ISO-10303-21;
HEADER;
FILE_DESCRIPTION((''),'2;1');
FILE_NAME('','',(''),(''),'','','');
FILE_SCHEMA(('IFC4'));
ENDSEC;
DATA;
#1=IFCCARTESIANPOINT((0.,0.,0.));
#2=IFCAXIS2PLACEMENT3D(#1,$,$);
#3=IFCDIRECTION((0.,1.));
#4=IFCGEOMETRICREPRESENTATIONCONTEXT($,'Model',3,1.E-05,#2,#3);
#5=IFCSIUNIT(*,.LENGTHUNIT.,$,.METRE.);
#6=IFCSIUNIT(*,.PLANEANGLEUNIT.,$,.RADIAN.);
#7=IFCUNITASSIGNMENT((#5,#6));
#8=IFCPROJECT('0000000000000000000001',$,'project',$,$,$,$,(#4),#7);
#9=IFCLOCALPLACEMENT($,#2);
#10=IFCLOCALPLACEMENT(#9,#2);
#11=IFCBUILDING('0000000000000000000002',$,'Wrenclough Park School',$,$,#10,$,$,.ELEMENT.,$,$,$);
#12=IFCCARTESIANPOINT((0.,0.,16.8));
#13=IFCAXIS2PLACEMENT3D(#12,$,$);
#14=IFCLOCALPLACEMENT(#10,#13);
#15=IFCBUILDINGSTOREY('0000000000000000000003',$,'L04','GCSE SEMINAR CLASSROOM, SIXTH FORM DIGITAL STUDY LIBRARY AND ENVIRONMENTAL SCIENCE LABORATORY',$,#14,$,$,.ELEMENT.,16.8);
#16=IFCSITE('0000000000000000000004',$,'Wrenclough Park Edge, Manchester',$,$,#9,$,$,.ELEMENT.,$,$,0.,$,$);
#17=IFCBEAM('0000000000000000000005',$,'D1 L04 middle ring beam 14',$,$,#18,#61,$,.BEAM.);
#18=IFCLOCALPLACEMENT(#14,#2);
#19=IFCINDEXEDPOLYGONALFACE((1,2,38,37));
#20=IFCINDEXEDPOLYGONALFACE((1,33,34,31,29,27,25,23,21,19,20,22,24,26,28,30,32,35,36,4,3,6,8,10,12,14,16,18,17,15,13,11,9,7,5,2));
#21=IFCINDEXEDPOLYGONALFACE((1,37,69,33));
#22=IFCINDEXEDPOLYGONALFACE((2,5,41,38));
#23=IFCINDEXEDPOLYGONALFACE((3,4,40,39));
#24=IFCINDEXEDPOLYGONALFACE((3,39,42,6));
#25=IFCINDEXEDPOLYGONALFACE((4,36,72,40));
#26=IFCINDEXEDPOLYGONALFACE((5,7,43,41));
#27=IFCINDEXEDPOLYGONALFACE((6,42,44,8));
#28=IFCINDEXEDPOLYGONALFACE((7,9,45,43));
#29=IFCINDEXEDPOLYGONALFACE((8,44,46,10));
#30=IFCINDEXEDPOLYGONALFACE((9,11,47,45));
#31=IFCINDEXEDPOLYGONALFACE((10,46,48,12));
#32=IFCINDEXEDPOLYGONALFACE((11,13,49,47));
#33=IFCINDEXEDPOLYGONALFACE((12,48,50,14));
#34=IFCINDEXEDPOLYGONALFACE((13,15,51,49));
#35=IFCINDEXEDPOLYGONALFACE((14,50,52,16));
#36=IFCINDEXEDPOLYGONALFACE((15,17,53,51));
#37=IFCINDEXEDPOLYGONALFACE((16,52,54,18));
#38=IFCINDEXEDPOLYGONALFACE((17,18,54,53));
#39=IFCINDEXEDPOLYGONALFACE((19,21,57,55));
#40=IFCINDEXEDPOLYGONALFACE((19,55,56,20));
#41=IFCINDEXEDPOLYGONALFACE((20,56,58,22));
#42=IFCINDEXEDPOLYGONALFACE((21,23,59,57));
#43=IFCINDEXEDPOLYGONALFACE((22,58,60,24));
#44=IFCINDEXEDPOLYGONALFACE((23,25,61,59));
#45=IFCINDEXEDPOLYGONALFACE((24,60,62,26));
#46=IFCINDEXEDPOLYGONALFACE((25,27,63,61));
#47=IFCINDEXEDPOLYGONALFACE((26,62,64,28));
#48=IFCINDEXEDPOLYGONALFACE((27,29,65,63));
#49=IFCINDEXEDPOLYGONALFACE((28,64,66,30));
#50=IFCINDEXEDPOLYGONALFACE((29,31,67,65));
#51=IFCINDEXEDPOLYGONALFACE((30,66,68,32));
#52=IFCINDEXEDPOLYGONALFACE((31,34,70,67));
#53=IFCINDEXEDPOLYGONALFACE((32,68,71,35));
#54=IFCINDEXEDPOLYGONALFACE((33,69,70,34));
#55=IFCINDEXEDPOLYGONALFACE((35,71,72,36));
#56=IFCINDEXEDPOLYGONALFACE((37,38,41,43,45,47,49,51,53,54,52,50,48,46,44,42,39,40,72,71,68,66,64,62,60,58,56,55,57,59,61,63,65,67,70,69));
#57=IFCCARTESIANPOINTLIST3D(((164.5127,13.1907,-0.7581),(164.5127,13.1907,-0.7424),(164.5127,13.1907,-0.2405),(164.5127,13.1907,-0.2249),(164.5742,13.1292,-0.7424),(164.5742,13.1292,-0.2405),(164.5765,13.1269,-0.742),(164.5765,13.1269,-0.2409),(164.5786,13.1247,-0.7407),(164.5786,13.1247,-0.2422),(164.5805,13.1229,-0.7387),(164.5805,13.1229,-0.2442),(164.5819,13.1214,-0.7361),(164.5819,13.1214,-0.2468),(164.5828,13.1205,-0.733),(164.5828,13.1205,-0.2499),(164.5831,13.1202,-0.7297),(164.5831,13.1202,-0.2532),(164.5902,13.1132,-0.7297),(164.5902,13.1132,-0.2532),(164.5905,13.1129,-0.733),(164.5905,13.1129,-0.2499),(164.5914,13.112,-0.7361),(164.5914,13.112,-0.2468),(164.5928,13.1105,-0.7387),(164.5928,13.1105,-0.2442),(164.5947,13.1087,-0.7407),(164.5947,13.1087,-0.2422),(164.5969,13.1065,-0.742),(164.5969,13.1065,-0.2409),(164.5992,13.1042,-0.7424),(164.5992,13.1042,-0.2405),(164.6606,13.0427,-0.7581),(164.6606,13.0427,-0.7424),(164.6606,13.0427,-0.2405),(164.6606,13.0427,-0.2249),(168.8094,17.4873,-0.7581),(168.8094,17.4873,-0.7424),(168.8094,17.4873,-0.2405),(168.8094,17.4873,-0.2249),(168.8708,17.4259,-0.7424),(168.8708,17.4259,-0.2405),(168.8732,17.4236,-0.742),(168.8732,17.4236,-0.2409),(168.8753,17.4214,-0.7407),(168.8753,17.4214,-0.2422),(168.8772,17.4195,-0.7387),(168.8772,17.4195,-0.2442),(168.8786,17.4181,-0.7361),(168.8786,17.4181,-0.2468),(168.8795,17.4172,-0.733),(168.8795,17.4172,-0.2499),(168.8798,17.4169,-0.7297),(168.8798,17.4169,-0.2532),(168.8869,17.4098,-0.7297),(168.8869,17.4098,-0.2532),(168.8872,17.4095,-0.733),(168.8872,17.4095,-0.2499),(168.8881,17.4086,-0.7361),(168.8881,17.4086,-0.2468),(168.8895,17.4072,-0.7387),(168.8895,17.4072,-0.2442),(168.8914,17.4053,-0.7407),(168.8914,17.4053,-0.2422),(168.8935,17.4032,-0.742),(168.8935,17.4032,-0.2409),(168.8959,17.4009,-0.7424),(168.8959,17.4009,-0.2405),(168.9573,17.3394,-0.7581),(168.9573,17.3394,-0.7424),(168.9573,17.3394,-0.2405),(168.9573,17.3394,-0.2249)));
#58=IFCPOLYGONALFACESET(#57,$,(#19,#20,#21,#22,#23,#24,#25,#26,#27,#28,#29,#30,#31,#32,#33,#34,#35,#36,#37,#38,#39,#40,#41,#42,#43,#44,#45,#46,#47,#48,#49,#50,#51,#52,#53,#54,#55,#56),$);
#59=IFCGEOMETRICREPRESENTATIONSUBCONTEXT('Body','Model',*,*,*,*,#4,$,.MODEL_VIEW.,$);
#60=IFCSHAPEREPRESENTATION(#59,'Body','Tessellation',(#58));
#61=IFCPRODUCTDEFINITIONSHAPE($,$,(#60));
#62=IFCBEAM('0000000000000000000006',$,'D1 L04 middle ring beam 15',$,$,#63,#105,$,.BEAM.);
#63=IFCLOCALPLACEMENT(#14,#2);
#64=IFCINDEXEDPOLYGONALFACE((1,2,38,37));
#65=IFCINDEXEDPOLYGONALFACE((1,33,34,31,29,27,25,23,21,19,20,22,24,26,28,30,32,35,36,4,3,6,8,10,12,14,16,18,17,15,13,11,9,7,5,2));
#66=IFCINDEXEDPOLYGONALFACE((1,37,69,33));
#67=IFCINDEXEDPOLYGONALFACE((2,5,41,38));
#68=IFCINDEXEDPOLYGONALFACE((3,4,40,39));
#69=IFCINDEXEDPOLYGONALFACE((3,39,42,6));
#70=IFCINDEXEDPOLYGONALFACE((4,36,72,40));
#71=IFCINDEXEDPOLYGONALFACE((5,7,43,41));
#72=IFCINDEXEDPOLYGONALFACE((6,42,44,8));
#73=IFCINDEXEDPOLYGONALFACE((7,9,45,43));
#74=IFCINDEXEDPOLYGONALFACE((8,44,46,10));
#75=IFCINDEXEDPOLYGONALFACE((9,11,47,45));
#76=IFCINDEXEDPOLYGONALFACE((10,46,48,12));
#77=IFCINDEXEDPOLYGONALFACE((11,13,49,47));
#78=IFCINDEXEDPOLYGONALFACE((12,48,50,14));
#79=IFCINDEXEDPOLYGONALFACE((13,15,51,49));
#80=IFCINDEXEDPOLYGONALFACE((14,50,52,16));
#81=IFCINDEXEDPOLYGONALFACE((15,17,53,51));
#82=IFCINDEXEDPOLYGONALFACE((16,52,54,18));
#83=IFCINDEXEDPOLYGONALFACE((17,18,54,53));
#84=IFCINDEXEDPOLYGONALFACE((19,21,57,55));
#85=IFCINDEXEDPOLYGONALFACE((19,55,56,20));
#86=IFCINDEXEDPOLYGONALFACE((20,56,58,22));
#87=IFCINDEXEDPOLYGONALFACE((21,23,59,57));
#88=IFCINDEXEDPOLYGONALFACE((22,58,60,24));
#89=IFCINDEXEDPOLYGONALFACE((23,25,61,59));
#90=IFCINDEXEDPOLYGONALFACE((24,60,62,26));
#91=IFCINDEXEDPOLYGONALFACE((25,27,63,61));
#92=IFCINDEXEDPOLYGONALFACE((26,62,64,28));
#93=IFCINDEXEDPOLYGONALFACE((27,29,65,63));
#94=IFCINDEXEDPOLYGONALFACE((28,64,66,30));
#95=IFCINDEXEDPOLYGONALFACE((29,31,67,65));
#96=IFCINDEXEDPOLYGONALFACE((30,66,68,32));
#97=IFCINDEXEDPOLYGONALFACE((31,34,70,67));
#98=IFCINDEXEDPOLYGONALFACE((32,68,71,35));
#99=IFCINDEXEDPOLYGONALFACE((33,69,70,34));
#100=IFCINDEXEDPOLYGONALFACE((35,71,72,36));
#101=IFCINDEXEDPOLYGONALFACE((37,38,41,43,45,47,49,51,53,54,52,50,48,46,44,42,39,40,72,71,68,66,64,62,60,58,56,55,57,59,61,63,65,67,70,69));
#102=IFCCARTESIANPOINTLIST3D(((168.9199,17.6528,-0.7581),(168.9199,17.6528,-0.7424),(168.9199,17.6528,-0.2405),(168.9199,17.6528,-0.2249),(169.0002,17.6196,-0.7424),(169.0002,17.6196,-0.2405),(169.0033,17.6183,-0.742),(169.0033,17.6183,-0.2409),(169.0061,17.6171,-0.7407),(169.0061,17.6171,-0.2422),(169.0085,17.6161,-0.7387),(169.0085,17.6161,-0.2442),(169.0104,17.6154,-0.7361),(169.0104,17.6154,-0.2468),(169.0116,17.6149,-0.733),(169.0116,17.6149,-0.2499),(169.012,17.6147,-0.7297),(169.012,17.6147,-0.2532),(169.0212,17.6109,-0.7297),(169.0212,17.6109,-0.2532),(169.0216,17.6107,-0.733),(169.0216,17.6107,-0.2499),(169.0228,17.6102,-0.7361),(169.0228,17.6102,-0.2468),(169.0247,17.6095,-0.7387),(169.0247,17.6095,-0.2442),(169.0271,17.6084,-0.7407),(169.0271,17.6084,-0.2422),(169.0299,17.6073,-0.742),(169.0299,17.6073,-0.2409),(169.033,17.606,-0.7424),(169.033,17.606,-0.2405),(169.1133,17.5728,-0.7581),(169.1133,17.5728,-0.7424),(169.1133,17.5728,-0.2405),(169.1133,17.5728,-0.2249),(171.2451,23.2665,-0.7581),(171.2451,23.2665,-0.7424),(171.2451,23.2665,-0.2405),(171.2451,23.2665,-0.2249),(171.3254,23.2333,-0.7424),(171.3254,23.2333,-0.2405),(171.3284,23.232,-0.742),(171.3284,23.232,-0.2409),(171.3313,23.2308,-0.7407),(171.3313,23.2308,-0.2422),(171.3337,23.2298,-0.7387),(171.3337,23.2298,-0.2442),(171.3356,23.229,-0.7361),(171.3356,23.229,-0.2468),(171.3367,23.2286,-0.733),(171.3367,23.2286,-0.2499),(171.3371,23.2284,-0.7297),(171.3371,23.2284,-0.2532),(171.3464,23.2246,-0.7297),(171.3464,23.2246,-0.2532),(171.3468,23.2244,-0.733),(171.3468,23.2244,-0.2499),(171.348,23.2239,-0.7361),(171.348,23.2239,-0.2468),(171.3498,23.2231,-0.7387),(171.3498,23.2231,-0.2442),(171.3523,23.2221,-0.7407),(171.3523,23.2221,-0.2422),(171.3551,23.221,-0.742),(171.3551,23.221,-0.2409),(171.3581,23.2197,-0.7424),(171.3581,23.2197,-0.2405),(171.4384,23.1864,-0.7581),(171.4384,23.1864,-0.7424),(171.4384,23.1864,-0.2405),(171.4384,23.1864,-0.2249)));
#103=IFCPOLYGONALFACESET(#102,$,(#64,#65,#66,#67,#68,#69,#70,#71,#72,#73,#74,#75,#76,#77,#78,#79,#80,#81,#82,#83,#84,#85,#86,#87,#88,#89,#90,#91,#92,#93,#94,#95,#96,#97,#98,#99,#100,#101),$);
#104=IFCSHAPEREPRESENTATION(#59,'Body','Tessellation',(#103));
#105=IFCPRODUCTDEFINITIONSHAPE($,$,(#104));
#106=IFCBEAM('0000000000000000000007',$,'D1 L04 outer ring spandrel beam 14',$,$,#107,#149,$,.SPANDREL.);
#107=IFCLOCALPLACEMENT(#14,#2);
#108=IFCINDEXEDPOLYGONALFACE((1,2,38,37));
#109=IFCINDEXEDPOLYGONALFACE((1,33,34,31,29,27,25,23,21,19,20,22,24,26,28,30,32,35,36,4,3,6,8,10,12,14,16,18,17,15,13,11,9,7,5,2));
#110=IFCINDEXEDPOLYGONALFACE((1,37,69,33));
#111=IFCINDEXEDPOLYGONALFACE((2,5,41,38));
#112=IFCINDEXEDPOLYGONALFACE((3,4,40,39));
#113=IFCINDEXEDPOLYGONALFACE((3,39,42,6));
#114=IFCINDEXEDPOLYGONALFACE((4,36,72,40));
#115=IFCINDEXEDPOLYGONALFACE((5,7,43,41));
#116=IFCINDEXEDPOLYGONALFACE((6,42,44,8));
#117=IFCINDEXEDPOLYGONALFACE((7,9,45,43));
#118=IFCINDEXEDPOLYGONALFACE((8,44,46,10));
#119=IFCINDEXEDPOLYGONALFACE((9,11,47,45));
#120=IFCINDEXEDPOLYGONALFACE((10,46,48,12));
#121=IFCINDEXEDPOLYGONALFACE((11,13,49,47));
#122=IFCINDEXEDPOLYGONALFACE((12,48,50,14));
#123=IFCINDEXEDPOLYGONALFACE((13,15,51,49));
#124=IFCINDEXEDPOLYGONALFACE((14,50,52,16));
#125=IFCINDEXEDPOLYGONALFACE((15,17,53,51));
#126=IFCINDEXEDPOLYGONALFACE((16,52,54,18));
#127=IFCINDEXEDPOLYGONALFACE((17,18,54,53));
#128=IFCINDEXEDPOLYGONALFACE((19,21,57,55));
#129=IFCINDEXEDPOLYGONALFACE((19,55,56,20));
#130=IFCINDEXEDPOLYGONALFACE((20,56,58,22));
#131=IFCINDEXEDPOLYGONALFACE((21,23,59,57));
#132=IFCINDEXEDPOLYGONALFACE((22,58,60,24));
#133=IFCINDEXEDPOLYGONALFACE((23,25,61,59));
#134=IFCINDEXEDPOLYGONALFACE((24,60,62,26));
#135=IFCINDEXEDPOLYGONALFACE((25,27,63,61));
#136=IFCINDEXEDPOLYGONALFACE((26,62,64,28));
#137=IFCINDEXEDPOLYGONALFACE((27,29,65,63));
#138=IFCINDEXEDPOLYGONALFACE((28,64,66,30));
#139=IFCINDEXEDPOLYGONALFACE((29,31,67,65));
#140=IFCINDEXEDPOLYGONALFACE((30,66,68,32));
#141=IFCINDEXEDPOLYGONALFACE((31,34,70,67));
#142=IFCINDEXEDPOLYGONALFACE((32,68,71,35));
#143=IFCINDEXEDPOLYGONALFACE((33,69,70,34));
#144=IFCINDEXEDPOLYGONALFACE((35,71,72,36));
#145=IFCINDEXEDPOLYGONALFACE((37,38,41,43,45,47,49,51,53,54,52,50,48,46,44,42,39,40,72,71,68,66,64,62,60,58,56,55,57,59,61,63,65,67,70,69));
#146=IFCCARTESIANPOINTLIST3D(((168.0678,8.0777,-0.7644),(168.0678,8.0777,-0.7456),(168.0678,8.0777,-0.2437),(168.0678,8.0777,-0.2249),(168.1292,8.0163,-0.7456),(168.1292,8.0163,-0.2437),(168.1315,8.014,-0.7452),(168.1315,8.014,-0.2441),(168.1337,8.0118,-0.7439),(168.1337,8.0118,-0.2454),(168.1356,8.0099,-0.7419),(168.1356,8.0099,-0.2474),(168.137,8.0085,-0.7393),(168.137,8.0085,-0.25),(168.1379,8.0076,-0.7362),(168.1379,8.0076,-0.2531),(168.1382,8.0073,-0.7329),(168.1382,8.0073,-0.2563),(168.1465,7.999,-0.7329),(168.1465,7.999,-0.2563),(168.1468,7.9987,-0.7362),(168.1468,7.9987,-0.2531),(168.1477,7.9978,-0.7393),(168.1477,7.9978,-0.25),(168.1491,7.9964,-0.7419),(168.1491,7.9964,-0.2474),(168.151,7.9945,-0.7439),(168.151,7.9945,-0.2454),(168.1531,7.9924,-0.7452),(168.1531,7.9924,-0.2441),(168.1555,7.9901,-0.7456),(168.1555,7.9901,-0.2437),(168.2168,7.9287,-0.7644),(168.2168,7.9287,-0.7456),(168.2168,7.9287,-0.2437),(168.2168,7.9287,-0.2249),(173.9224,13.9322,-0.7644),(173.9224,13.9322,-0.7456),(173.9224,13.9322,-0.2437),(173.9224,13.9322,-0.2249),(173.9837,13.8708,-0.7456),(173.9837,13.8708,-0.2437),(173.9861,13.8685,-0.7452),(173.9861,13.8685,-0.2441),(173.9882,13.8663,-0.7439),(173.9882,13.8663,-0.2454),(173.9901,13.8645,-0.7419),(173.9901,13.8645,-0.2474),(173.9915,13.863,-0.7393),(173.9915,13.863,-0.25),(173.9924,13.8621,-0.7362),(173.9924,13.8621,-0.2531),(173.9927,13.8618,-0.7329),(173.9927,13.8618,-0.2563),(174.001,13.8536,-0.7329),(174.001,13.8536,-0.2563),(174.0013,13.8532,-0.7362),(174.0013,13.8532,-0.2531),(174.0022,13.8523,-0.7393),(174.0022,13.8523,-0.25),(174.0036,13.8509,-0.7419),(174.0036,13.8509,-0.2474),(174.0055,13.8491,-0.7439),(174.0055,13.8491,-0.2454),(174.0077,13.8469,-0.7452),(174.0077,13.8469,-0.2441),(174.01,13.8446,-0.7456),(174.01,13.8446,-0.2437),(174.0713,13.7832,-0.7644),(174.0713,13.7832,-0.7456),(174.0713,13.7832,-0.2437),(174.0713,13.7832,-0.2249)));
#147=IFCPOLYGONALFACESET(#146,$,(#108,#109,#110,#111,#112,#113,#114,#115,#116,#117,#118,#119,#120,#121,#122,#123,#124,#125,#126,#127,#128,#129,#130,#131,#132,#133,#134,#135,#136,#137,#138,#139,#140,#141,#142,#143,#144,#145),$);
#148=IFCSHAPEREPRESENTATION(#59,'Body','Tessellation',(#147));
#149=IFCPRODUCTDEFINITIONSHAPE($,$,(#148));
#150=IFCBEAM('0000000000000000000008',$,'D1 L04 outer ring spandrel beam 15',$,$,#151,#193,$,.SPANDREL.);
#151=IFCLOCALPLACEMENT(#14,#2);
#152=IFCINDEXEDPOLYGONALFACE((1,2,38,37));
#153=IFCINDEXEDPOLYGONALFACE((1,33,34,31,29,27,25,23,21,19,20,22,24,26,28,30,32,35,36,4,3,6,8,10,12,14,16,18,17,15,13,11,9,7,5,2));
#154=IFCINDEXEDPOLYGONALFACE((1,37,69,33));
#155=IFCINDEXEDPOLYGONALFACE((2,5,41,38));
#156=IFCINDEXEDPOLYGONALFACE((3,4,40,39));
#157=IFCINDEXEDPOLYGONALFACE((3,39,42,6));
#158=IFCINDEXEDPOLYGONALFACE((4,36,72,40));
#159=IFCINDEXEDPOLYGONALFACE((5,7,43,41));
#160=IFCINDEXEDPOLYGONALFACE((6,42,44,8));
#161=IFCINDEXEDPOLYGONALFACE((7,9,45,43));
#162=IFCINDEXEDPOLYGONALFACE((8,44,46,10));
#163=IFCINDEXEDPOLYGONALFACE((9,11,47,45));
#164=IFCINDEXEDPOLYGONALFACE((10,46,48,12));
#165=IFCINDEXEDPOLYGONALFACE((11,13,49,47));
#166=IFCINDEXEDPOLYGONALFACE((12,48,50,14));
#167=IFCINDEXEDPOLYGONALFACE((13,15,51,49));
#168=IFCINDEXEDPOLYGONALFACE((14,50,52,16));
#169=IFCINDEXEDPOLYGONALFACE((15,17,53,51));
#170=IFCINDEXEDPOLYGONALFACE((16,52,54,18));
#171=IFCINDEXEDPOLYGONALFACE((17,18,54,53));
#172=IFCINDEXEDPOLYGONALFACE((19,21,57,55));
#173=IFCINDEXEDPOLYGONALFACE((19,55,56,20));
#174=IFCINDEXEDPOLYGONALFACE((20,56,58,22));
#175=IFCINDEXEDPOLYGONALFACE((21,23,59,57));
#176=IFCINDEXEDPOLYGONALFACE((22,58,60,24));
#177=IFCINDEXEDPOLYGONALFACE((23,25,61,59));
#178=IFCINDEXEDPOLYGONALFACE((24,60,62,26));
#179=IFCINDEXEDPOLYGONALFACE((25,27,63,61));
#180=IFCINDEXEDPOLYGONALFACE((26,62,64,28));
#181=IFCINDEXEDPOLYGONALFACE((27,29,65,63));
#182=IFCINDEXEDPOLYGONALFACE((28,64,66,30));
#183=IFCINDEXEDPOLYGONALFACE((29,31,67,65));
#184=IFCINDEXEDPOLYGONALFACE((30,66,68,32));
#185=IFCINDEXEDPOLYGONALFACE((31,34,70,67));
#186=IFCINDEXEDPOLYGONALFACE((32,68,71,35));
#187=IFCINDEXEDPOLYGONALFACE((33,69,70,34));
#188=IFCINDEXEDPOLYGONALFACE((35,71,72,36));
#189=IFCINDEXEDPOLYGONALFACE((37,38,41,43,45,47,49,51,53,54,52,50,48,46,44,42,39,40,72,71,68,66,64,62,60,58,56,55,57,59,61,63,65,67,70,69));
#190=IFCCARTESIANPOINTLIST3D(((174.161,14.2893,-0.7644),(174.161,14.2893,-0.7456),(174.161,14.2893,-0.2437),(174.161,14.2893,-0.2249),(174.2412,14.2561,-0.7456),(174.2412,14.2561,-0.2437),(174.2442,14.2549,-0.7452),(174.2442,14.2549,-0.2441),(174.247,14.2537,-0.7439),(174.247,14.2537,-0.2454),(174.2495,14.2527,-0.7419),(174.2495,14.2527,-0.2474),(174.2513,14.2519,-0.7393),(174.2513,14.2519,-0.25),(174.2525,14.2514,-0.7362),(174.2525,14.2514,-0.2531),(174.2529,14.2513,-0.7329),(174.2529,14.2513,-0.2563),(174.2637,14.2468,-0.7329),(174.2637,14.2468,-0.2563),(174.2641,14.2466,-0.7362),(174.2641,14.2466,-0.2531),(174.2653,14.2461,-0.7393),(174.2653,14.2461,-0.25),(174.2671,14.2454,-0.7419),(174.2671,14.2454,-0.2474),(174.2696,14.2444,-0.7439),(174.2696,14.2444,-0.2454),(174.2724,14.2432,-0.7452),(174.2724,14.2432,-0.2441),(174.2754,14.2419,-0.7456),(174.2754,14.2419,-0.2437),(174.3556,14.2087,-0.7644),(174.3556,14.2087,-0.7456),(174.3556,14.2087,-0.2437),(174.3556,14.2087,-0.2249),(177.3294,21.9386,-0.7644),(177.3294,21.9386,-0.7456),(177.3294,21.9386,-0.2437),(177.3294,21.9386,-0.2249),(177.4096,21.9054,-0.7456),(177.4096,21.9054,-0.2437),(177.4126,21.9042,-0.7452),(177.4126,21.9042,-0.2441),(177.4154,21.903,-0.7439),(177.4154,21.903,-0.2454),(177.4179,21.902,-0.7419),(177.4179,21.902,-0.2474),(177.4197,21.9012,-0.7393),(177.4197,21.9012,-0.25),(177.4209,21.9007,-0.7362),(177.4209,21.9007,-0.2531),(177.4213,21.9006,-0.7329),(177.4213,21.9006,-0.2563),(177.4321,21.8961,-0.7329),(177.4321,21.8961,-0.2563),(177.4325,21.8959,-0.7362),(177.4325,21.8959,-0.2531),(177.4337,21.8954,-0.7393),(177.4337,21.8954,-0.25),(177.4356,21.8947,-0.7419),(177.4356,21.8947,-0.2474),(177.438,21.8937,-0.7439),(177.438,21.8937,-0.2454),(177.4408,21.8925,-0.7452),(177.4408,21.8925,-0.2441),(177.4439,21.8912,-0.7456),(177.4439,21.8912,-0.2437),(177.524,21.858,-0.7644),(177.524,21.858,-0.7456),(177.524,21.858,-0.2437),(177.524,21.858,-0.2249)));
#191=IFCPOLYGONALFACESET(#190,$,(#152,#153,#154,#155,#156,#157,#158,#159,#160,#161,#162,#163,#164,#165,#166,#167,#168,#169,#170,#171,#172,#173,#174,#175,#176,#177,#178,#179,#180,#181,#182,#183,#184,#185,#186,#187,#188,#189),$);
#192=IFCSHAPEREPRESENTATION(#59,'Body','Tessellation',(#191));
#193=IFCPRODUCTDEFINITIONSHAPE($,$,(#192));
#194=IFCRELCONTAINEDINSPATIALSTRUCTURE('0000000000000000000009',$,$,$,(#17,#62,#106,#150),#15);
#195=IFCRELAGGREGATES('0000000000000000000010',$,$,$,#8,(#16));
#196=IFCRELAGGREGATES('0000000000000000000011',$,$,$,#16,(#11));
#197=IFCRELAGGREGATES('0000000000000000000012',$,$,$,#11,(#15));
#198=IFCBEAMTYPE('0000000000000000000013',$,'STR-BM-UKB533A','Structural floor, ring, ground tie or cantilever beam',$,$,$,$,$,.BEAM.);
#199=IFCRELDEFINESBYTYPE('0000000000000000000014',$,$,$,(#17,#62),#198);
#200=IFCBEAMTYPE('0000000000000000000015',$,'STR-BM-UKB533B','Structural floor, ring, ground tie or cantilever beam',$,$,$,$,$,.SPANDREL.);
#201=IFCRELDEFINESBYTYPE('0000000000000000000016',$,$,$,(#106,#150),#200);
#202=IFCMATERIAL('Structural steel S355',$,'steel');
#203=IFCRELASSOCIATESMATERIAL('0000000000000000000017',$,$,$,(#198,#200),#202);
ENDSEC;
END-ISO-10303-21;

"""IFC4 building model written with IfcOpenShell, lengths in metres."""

from ifc_helpers import new_model, si_unit, direction, frame, origin, origin_2d, place, context, subcontext, project, spatial, i_section, extrude, material, material_profile, profile_set, type_object, element, save


model = new_model("IFC4")

# Units and contexts
model_context = context("Model", 3, precision=1e-05, world=origin(), true_north=direction((0.0, 1.0)))
body_context = subcontext(model_context, "Body", "Model", "MODEL_VIEW")
ifc_project = project(units=[si_unit("LENGTHUNIT", "METRE"), si_unit("PLANEANGLEUNIT", "RADIAN")], contexts=[model_context])

# Site, building, storey
site_placement = place(None, origin())
site = spatial("IfcSite", under=ifc_project, at=site_placement, Name="Wrenclough Park Edge, Manchester", CompositionType="ELEMENT", RefElevation=0.0)
building_placement = place(site_placement, origin())
building = spatial("IfcBuilding", under=site, at=building_placement, Name="Wrenclough Park School", CompositionType="ELEMENT")
storey_placement = place(building_placement, frame((0.0, 0.0, 16.8)))
storey = spatial("IfcBuildingStorey", under=building, at=storey_placement, Name="L04", Description="GCSE SEMINAR CLASSROOM, SIXTH FORM DIGITAL STUDY LIBRARY AND ENVIRONMENTAL SCIENCE LABORATORY", CompositionType="ELEMENT", Elevation=16.8)

# Beams
ifc_material_1 = material(Name="Structural steel S355", Category="steel")
ifc_material_profile_1 = material_profile(ifc_material_1, i_section(OverallWidth=0.2092, OverallDepth=0.5332, WebThickness=0.01, FlangeThickness=0.0156, FilletRadius=0.0127, at=origin_2d()), Name="UKB 533x210x92")
ifc_profile_set_1 = profile_set([ifc_material_profile_1], Name="Structural steel S355")
beam_type_1 = type_object("IfcBeamType", Name="STR-BM-UKB533A", Description="Structural floor, ring, ground tie or cantilever beam", PredefinedType="BEAM", material=ifc_profile_set_1)
beam_1_placement = place(storey_placement, frame((164.5867, 13.1167, -0.4915), z_axis=(0.707107, 0.707107, 0.0), x_axis=(-0.707107, 0.707107, 0.0)))
element("IfcBeam", 1, at=beam_1_placement, inside=storey, type_object=beam_type_1, Name="D1 L04 middle ring beam 14", PredefinedType="BEAM", context=body_context, shape_type="SweptSolid", body=[
    extrude(i_section(OverallWidth=0.2092, OverallDepth=0.5332, WebThickness=0.01, FlangeThickness=0.0156, FilletRadius=0.0127, at=origin_2d()), origin(), (0.0, 0.0, 1.0), 6.0764),
])
beam_2_placement = place(storey_placement, frame((169.0166, 17.6128, -0.4915), z_axis=(0.382669, 0.923886, 0.0), x_axis=(-0.923886, 0.382669, 0.0)))
element("IfcBeam", 2, at=beam_2_placement, inside=storey, type_object=beam_type_1, Name="D1 L04 middle ring beam 15", PredefinedType="BEAM", context=body_context, shape_type="SweptSolid", body=[
    extrude(i_section(OverallWidth=0.2092, OverallDepth=0.5332, WebThickness=0.01, FlangeThickness=0.0156, FilletRadius=0.0127, at=origin_2d()), origin(), (0.0, 0.0, 1.0), 6.0762),
])
ifc_material_profile_2 = material_profile(ifc_material_1, i_section(OverallWidth=0.2107, OverallDepth=0.5396, WebThickness=0.0117, FlangeThickness=0.0188, FilletRadius=0.0127, at=origin_2d()), Name="UKB 533x210x109")
ifc_profile_set_2 = profile_set([ifc_material_profile_2], Name="Structural steel S355")
beam_type_2 = type_object("IfcBeamType", Name="STR-BM-UKB533B", Description="Structural floor, ring, ground tie or cantilever beam", PredefinedType="SPANDREL", material=ifc_profile_set_2)
for number, where, z_axis, x_axis, name in (
    (3, (168.1423, 8.0032, -0.4946), (0.707107, 0.707107, 0.0), (-0.707107, 0.707107, 0.0), "D1 L04 outer ring spandrel beam 14"),
    (4, (174.2583, 14.249, -0.4946), (0.38268, 0.923881, 0.0), (-0.923881, 0.38268, 0.0), "D1 L04 outer ring spandrel beam 15"),
):
    element("IfcBeam", number, at=place(storey_placement, frame(where, z_axis=z_axis, x_axis=x_axis)), inside=storey, type_object=beam_type_2, Name=name, PredefinedType="SPANDREL", context=body_context, shape_type="SweptSolid", body=[
        extrude(i_section(OverallWidth=0.2107, OverallDepth=0.5396, WebThickness=0.0117, FlangeThickness=0.0188, FilletRadius=0.0127, at=origin_2d()), origin(), (0.0, 0.0, 1.0), 8.2795),
    ])

save(model, "model.ifc")
